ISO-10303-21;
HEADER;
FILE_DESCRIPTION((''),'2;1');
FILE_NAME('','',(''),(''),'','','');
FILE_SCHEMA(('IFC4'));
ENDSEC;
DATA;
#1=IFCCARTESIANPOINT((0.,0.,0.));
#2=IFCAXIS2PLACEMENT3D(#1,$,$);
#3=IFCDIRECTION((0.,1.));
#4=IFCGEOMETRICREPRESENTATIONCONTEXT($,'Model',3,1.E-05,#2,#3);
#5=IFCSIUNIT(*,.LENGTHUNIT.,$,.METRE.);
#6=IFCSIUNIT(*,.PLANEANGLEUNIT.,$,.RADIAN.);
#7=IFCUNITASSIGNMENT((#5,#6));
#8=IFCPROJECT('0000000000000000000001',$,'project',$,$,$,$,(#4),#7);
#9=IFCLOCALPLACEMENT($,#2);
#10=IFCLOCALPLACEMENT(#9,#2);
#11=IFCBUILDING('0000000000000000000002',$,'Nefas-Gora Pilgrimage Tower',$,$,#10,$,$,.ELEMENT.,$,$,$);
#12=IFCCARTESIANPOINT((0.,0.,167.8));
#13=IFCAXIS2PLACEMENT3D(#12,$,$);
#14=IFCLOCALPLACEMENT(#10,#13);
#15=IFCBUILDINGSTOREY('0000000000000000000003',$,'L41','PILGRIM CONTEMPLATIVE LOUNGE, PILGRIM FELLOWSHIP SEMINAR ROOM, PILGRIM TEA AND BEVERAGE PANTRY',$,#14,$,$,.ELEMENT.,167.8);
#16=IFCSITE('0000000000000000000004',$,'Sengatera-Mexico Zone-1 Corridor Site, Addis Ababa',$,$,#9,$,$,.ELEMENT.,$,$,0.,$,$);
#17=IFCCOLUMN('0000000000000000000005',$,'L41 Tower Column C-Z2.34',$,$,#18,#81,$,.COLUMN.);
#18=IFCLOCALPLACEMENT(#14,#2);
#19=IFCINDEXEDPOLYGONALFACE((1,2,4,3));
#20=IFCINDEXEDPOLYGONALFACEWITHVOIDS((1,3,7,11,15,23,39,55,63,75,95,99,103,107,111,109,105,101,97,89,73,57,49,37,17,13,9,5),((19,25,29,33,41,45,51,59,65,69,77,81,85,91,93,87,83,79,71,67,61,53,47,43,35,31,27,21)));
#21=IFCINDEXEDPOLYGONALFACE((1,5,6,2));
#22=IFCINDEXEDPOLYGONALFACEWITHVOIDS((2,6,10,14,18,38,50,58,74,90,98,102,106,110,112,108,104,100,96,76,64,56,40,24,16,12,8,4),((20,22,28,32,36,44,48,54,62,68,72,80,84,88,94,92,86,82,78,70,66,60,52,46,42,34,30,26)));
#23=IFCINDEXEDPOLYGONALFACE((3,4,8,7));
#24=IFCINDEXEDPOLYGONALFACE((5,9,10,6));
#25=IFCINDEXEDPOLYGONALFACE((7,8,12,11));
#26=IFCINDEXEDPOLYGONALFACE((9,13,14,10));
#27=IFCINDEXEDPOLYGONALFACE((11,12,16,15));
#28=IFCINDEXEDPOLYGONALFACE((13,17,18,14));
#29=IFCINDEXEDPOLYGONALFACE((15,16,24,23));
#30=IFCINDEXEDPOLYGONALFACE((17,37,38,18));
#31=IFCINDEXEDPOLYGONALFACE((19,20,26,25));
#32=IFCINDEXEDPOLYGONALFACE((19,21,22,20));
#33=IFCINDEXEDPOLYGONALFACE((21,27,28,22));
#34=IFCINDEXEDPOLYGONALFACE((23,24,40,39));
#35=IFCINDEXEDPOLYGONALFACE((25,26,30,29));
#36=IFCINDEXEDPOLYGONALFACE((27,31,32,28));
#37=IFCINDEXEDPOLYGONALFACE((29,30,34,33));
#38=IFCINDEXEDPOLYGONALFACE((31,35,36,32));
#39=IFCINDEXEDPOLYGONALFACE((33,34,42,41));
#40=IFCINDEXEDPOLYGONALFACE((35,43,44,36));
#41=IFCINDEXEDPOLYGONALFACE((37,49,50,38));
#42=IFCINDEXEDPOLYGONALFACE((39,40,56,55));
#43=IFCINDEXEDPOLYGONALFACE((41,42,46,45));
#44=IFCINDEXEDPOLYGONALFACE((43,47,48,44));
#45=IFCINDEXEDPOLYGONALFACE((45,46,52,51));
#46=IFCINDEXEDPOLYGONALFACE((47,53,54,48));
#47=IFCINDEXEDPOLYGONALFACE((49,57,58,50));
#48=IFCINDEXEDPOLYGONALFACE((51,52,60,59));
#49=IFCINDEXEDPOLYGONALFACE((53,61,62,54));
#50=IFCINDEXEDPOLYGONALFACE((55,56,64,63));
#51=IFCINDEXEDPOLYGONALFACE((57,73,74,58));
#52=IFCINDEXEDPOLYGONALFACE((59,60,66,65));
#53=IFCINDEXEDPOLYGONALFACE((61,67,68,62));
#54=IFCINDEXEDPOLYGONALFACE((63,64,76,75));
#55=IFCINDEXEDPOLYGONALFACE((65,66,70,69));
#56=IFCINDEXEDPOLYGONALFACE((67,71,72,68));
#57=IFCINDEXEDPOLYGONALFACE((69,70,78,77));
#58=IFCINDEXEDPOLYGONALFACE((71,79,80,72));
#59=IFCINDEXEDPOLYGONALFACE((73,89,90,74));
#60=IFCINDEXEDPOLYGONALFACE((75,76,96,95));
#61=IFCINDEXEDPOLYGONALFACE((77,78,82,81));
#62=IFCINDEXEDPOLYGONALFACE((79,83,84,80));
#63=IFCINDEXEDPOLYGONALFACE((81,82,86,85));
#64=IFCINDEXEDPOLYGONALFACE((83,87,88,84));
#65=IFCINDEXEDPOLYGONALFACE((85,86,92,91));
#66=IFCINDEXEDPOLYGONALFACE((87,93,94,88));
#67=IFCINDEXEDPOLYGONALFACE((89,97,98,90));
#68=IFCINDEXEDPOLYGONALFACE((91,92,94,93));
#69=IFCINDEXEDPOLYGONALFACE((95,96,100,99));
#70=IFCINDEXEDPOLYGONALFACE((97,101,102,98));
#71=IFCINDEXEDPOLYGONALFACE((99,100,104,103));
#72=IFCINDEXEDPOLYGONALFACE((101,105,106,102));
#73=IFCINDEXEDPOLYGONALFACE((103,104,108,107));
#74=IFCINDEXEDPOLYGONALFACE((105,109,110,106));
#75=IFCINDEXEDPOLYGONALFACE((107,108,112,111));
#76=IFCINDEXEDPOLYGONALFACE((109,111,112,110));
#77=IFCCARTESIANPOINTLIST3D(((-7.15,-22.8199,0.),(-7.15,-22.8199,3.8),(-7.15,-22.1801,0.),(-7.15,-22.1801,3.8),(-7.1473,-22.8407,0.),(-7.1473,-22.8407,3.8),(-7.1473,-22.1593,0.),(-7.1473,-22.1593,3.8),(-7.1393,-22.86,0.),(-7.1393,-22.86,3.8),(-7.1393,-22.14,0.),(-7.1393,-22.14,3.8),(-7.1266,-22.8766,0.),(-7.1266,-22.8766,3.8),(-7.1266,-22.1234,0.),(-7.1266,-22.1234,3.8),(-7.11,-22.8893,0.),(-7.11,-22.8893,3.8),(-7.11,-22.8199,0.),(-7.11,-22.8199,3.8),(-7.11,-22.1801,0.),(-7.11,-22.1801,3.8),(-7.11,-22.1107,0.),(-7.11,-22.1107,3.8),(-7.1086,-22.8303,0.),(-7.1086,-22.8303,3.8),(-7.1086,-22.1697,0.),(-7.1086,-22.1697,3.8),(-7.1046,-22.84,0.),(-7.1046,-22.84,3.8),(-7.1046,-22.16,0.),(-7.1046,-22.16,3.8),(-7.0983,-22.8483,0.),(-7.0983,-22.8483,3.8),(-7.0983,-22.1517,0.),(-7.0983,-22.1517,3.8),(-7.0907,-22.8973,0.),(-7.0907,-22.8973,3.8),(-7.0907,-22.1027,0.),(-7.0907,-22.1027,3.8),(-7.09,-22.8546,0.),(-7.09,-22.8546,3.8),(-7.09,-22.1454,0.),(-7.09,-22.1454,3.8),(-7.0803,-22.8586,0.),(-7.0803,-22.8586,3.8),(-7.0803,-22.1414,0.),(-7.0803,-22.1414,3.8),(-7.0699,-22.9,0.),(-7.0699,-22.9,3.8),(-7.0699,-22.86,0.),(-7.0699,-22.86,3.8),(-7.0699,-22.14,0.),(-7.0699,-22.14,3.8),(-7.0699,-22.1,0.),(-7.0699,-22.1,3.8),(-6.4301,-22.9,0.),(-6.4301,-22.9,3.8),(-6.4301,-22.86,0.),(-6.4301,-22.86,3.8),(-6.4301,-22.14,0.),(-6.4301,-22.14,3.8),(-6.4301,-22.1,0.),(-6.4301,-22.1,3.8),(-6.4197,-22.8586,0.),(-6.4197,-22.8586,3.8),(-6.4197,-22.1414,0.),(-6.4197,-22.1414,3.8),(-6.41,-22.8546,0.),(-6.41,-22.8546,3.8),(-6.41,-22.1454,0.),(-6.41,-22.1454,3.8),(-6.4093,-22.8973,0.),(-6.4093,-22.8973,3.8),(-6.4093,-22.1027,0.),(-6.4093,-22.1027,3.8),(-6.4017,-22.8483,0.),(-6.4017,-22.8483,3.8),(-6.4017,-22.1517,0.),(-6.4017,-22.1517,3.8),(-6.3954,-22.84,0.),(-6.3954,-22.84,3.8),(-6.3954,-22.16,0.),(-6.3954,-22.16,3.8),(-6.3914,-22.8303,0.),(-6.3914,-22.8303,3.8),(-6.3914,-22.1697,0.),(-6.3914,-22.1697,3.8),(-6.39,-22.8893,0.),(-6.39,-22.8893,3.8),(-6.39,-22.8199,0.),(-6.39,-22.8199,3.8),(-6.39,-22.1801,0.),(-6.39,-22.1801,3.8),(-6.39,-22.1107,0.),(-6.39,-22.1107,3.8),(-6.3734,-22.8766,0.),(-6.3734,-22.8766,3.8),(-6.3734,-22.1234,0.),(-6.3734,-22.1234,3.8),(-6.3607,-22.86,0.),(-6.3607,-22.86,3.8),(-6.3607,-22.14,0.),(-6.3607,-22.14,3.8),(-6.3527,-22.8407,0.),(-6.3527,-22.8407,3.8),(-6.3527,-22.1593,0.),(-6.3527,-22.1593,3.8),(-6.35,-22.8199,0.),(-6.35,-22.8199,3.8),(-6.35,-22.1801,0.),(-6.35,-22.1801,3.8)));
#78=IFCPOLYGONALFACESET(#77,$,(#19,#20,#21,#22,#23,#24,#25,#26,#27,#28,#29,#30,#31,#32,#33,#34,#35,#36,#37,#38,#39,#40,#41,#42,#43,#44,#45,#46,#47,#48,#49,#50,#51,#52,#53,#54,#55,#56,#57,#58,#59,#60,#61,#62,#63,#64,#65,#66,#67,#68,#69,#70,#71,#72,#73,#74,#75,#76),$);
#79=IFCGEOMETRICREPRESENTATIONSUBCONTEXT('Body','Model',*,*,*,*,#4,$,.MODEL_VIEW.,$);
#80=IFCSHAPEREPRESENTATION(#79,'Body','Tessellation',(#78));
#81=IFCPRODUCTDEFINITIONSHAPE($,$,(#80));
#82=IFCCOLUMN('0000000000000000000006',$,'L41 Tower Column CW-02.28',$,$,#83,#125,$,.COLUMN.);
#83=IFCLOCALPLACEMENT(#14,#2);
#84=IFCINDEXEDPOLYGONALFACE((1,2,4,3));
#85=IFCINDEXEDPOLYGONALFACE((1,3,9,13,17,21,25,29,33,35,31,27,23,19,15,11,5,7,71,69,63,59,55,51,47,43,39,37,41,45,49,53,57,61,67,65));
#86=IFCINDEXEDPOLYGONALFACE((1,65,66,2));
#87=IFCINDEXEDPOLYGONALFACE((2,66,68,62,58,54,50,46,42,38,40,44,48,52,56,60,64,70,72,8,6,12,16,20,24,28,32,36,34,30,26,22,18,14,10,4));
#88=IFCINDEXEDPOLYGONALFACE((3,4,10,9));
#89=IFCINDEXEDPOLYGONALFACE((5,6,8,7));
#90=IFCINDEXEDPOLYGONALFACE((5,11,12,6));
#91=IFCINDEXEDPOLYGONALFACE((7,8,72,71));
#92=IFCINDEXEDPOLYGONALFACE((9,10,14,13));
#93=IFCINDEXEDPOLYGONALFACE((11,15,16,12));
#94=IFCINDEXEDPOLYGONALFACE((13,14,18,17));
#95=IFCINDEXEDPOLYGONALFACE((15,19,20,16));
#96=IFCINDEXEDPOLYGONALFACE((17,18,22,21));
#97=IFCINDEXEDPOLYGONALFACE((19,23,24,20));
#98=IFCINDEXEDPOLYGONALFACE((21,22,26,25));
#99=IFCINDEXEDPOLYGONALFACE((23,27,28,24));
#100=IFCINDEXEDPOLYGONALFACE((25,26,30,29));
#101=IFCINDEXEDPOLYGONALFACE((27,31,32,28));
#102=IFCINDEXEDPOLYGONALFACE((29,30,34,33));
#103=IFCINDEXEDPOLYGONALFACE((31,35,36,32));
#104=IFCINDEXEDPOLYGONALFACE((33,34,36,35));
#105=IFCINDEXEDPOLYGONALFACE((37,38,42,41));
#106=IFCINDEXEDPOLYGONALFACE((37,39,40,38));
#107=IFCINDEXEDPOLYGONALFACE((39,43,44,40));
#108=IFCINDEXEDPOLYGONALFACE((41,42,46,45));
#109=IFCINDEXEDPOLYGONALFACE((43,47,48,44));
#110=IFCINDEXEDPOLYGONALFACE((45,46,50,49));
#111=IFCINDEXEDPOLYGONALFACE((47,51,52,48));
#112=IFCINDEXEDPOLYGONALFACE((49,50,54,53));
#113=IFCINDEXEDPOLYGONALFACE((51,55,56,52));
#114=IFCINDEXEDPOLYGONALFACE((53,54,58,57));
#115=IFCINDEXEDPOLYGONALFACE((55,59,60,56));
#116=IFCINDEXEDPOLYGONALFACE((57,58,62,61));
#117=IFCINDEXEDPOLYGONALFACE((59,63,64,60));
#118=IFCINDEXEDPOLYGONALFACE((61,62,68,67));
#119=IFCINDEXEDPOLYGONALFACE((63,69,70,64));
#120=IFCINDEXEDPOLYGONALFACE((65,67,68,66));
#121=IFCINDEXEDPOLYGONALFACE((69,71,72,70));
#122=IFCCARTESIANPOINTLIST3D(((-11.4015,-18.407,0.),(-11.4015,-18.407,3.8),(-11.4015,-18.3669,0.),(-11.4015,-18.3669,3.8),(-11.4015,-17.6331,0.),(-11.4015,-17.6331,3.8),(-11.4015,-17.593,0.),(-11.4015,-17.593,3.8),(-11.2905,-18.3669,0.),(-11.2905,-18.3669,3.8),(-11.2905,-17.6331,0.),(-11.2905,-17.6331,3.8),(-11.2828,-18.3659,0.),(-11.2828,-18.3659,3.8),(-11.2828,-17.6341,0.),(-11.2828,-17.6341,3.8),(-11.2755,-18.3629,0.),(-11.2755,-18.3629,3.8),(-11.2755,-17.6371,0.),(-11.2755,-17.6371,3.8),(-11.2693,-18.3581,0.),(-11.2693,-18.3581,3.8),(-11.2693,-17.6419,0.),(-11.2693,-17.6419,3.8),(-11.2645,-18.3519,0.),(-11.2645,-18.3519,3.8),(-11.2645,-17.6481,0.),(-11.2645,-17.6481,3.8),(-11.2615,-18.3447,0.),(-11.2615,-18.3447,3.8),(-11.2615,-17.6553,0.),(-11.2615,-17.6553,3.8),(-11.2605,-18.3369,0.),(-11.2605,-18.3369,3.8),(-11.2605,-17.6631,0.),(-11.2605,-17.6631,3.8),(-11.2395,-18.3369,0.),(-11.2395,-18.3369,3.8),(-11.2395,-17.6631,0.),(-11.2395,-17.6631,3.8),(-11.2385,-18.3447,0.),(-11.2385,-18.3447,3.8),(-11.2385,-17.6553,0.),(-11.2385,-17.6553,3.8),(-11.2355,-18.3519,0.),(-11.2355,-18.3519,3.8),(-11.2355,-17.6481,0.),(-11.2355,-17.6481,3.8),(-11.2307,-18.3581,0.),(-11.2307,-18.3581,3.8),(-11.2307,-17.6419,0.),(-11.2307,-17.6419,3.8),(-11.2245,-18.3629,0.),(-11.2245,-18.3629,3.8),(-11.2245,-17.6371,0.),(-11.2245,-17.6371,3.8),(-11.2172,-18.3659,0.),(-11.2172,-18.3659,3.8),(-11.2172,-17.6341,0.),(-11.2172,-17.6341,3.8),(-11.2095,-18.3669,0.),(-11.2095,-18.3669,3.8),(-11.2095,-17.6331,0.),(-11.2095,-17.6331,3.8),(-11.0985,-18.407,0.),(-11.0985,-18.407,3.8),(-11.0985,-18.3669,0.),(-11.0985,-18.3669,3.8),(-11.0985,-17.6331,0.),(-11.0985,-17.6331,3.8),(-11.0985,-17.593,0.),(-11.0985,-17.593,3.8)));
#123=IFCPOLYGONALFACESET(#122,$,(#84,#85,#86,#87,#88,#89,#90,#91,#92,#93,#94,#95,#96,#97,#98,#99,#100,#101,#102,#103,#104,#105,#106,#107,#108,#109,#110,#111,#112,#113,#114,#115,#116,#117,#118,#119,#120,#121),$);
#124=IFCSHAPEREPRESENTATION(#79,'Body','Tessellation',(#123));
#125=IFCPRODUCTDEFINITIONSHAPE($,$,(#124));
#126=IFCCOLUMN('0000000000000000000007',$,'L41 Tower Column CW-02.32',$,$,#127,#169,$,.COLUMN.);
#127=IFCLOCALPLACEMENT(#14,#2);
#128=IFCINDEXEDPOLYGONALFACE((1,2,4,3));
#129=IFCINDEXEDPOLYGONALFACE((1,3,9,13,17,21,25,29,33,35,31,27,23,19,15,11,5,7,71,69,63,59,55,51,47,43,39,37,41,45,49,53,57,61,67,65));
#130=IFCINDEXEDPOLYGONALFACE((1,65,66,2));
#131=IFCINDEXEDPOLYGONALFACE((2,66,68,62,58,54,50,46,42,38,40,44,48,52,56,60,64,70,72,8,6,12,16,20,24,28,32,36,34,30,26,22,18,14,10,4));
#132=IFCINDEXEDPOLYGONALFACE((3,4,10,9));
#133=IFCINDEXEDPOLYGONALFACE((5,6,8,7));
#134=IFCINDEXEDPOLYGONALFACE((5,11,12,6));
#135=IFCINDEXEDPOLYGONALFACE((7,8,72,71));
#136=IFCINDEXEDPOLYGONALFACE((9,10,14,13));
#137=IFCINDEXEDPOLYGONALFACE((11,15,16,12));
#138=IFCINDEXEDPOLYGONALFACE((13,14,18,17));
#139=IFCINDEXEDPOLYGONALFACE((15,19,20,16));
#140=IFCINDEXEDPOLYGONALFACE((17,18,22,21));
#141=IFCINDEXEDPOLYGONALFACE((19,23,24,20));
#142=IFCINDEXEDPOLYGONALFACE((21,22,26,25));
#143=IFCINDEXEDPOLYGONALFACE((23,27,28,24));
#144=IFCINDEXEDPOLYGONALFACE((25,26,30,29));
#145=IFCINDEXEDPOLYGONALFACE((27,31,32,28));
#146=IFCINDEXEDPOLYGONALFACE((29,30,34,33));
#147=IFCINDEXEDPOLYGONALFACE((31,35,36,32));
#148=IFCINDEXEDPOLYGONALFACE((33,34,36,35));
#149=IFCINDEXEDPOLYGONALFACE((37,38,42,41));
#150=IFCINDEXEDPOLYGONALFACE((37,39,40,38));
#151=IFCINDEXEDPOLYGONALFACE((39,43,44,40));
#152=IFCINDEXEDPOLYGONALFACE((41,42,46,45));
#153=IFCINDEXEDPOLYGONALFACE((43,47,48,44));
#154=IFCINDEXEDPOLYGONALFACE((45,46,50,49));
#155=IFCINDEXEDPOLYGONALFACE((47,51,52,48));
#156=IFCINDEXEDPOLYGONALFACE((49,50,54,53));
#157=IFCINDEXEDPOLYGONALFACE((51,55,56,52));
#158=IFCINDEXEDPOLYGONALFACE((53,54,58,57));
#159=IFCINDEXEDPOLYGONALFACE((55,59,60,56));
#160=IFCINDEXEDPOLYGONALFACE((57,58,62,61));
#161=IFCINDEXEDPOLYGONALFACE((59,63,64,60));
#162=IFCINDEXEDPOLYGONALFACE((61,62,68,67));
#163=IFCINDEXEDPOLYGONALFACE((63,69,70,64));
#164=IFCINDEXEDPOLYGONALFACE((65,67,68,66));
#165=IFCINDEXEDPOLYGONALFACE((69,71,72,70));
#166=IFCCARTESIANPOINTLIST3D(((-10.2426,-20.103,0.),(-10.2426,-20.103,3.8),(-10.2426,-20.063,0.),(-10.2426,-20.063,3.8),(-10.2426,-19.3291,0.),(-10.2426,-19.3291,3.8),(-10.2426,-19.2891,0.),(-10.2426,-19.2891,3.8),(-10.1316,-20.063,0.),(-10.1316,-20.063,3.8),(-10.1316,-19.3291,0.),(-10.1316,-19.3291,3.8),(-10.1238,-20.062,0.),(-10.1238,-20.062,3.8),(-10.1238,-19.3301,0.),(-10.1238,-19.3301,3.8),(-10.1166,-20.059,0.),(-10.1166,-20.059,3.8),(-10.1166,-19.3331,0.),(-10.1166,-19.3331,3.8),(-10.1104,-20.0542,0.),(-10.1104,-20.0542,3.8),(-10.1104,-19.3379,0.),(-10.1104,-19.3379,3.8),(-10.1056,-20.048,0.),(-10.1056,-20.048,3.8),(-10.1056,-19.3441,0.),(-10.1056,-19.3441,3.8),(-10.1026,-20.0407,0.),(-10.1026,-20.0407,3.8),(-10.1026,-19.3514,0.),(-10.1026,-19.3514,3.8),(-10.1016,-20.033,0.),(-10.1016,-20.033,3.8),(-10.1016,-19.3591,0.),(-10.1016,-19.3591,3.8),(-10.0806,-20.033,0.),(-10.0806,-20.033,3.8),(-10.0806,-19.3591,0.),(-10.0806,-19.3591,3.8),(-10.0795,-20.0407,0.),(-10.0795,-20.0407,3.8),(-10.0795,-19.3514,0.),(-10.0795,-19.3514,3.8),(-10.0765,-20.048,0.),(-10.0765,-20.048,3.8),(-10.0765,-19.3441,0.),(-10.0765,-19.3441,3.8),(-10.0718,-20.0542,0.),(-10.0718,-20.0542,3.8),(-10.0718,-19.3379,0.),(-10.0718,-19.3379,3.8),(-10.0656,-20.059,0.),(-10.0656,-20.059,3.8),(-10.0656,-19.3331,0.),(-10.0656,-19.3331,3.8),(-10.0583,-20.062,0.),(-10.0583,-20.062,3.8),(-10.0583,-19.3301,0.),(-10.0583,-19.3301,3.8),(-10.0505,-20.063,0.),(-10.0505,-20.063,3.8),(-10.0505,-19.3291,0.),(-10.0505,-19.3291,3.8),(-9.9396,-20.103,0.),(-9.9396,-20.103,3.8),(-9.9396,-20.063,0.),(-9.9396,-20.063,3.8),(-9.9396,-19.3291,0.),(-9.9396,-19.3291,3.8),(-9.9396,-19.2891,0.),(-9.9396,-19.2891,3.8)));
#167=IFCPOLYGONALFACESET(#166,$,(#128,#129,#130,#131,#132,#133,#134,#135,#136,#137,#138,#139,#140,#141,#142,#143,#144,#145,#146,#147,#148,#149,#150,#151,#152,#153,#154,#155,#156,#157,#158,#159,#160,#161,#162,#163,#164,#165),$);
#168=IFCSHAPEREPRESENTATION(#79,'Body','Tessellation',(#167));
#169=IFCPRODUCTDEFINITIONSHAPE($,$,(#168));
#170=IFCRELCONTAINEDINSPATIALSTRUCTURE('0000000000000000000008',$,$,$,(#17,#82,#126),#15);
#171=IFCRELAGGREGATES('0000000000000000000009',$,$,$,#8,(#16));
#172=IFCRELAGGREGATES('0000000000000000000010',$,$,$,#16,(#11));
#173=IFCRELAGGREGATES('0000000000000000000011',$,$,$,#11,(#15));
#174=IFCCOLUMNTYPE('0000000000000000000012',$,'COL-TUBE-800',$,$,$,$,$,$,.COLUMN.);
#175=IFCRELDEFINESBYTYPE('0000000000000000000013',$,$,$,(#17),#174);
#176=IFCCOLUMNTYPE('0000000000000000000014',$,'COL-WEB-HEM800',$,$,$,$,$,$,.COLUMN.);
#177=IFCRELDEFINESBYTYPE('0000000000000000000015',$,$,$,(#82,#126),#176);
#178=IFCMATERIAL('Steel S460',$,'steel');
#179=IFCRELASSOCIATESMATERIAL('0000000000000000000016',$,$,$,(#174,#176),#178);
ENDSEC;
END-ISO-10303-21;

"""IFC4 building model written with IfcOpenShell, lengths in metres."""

from ifc_helpers import new_model, si_unit, direction, frame, origin, origin_2d, place, context, subcontext, project, spatial, hollow_rectangle, i_section, extrude, source, transform, mapped, material, material_profile, profile_set, type_object, element, save


model = new_model("IFC4")

# Units and contexts
model_context = context("Model", 3, precision=1e-05, world=origin(), true_north=direction((0.0, 1.0)))
body_context = subcontext(model_context, "Body", "Model", "MODEL_VIEW")
ifc_project = project(units=[si_unit("LENGTHUNIT", "METRE"), si_unit("PLANEANGLEUNIT", "RADIAN")], contexts=[model_context])

# Site, building, storey
site_placement = place(None, origin())
site = spatial("IfcSite", under=ifc_project, at=site_placement, Name="Sengatera-Mexico Zone-1 Corridor Site, Addis Ababa", CompositionType="ELEMENT", RefElevation=0.0)
building_placement = place(site_placement, origin())
building = spatial("IfcBuilding", under=site, at=building_placement, Name="Nefas-Gora Pilgrimage Tower", CompositionType="ELEMENT")
storey_placement = place(building_placement, frame((0.0, 0.0, 167.8)))
storey = spatial("IfcBuildingStorey", under=building, at=storey_placement, Name="L41", Description="PILGRIM CONTEMPLATIVE LOUNGE, PILGRIM FELLOWSHIP SEMINAR ROOM, PILGRIM TEA AND BEVERAGE PANTRY", CompositionType="ELEMENT", Elevation=167.8)

# Columns
ifc_material_1 = material(Name="Steel S460", Category="steel")
ifc_material_profile_1 = material_profile(ifc_material_1, hollow_rectangle(XDim=0.8, YDim=0.8, WallThickness=0.04, InnerFilletRadius=0.04, OuterFilletRadius=0.0801, at=origin_2d()), Name="BOX 800x800x40")
ifc_profile_set_1 = profile_set([ifc_material_profile_1], Name="Steel S460")
column_type_1 = type_object("IfcColumnType", Name="COL-TUBE-800", PredefinedType="COLUMN", material=ifc_profile_set_1)
shared_shape_1 = source(origin(), body_context, "Body", "SweptSolid", [
    extrude(hollow_rectangle(XDim=0.8, YDim=0.8, WallThickness=0.04, InnerFilletRadius=0.04, OuterFilletRadius=0.0801, at=origin_2d()), origin(), (0.0, 0.0, 1.0), 3.8),
])
column_placement = place(storey_placement, frame((-6.75, -22.5, 0.0), z_axis=(0.0, 0.0, 1.0), x_axis=(1.0, 0.0, 0.0)))
element("IfcColumn", 1, at=column_placement, inside=storey, type_object=column_type_1, Name="L41 Tower Column C-Z2.34", PredefinedType="COLUMN", context=body_context, shape_type="MappedRepresentation", body=[
    mapped(shared_shape_1, transform((0.0, 0.0, 0.0), x_axis=(1.0, 0.0, 0.0), y_axis=(0.0, 1.0, 0.0), z_axis=(0.0, 0.0, 1.0), scale=1.0)),
])
ifc_material_profile_2 = material_profile(ifc_material_1, i_section(OverallWidth=0.303, OverallDepth=0.814, WebThickness=0.021, FlangeThickness=0.04, FilletRadius=0.03, at=origin_2d()), Name="HEM 800")
ifc_profile_set_2 = profile_set([ifc_material_profile_2], Name="Steel S460")
column_type_2 = type_object("IfcColumnType", Name="COL-WEB-HEM800", PredefinedType="COLUMN", material=ifc_profile_set_2)
shared_shape_2 = source(origin(), body_context, "Body", "SweptSolid", [
    extrude(i_section(OverallWidth=0.303, OverallDepth=0.814, WebThickness=0.021, FlangeThickness=0.04, FilletRadius=0.03, at=origin_2d()), origin(), (0.0, 0.0, 1.0), 3.8),
])
for number, where, z_axis, x_axis, name in (
    (2, (-11.25, -18.0, 0.0), (0.0, 0.0, 1.0), (1.0, 0.0, 0.0), "L41 Tower Column CW-02.28"),
    (3, (-10.0911, -19.696, 0.0), (0.0, 0.0, 1.0), (1.0, 0.0, 0.0), "L41 Tower Column CW-02.32"),
):
    element("IfcColumn", number, at=place(storey_placement, frame(where, z_axis=z_axis, x_axis=x_axis)), inside=storey, type_object=column_type_2, Name=name, PredefinedType="COLUMN", context=body_context, shape_type="MappedRepresentation", body=[
        mapped(shared_shape_2, transform((0.0, 0.0, 0.0), x_axis=(1.0, 0.0, 0.0), y_axis=(0.0, 1.0, 0.0), z_axis=(0.0, 0.0, 1.0), scale=1.0)),
    ])

save(model, "model.ifc")
